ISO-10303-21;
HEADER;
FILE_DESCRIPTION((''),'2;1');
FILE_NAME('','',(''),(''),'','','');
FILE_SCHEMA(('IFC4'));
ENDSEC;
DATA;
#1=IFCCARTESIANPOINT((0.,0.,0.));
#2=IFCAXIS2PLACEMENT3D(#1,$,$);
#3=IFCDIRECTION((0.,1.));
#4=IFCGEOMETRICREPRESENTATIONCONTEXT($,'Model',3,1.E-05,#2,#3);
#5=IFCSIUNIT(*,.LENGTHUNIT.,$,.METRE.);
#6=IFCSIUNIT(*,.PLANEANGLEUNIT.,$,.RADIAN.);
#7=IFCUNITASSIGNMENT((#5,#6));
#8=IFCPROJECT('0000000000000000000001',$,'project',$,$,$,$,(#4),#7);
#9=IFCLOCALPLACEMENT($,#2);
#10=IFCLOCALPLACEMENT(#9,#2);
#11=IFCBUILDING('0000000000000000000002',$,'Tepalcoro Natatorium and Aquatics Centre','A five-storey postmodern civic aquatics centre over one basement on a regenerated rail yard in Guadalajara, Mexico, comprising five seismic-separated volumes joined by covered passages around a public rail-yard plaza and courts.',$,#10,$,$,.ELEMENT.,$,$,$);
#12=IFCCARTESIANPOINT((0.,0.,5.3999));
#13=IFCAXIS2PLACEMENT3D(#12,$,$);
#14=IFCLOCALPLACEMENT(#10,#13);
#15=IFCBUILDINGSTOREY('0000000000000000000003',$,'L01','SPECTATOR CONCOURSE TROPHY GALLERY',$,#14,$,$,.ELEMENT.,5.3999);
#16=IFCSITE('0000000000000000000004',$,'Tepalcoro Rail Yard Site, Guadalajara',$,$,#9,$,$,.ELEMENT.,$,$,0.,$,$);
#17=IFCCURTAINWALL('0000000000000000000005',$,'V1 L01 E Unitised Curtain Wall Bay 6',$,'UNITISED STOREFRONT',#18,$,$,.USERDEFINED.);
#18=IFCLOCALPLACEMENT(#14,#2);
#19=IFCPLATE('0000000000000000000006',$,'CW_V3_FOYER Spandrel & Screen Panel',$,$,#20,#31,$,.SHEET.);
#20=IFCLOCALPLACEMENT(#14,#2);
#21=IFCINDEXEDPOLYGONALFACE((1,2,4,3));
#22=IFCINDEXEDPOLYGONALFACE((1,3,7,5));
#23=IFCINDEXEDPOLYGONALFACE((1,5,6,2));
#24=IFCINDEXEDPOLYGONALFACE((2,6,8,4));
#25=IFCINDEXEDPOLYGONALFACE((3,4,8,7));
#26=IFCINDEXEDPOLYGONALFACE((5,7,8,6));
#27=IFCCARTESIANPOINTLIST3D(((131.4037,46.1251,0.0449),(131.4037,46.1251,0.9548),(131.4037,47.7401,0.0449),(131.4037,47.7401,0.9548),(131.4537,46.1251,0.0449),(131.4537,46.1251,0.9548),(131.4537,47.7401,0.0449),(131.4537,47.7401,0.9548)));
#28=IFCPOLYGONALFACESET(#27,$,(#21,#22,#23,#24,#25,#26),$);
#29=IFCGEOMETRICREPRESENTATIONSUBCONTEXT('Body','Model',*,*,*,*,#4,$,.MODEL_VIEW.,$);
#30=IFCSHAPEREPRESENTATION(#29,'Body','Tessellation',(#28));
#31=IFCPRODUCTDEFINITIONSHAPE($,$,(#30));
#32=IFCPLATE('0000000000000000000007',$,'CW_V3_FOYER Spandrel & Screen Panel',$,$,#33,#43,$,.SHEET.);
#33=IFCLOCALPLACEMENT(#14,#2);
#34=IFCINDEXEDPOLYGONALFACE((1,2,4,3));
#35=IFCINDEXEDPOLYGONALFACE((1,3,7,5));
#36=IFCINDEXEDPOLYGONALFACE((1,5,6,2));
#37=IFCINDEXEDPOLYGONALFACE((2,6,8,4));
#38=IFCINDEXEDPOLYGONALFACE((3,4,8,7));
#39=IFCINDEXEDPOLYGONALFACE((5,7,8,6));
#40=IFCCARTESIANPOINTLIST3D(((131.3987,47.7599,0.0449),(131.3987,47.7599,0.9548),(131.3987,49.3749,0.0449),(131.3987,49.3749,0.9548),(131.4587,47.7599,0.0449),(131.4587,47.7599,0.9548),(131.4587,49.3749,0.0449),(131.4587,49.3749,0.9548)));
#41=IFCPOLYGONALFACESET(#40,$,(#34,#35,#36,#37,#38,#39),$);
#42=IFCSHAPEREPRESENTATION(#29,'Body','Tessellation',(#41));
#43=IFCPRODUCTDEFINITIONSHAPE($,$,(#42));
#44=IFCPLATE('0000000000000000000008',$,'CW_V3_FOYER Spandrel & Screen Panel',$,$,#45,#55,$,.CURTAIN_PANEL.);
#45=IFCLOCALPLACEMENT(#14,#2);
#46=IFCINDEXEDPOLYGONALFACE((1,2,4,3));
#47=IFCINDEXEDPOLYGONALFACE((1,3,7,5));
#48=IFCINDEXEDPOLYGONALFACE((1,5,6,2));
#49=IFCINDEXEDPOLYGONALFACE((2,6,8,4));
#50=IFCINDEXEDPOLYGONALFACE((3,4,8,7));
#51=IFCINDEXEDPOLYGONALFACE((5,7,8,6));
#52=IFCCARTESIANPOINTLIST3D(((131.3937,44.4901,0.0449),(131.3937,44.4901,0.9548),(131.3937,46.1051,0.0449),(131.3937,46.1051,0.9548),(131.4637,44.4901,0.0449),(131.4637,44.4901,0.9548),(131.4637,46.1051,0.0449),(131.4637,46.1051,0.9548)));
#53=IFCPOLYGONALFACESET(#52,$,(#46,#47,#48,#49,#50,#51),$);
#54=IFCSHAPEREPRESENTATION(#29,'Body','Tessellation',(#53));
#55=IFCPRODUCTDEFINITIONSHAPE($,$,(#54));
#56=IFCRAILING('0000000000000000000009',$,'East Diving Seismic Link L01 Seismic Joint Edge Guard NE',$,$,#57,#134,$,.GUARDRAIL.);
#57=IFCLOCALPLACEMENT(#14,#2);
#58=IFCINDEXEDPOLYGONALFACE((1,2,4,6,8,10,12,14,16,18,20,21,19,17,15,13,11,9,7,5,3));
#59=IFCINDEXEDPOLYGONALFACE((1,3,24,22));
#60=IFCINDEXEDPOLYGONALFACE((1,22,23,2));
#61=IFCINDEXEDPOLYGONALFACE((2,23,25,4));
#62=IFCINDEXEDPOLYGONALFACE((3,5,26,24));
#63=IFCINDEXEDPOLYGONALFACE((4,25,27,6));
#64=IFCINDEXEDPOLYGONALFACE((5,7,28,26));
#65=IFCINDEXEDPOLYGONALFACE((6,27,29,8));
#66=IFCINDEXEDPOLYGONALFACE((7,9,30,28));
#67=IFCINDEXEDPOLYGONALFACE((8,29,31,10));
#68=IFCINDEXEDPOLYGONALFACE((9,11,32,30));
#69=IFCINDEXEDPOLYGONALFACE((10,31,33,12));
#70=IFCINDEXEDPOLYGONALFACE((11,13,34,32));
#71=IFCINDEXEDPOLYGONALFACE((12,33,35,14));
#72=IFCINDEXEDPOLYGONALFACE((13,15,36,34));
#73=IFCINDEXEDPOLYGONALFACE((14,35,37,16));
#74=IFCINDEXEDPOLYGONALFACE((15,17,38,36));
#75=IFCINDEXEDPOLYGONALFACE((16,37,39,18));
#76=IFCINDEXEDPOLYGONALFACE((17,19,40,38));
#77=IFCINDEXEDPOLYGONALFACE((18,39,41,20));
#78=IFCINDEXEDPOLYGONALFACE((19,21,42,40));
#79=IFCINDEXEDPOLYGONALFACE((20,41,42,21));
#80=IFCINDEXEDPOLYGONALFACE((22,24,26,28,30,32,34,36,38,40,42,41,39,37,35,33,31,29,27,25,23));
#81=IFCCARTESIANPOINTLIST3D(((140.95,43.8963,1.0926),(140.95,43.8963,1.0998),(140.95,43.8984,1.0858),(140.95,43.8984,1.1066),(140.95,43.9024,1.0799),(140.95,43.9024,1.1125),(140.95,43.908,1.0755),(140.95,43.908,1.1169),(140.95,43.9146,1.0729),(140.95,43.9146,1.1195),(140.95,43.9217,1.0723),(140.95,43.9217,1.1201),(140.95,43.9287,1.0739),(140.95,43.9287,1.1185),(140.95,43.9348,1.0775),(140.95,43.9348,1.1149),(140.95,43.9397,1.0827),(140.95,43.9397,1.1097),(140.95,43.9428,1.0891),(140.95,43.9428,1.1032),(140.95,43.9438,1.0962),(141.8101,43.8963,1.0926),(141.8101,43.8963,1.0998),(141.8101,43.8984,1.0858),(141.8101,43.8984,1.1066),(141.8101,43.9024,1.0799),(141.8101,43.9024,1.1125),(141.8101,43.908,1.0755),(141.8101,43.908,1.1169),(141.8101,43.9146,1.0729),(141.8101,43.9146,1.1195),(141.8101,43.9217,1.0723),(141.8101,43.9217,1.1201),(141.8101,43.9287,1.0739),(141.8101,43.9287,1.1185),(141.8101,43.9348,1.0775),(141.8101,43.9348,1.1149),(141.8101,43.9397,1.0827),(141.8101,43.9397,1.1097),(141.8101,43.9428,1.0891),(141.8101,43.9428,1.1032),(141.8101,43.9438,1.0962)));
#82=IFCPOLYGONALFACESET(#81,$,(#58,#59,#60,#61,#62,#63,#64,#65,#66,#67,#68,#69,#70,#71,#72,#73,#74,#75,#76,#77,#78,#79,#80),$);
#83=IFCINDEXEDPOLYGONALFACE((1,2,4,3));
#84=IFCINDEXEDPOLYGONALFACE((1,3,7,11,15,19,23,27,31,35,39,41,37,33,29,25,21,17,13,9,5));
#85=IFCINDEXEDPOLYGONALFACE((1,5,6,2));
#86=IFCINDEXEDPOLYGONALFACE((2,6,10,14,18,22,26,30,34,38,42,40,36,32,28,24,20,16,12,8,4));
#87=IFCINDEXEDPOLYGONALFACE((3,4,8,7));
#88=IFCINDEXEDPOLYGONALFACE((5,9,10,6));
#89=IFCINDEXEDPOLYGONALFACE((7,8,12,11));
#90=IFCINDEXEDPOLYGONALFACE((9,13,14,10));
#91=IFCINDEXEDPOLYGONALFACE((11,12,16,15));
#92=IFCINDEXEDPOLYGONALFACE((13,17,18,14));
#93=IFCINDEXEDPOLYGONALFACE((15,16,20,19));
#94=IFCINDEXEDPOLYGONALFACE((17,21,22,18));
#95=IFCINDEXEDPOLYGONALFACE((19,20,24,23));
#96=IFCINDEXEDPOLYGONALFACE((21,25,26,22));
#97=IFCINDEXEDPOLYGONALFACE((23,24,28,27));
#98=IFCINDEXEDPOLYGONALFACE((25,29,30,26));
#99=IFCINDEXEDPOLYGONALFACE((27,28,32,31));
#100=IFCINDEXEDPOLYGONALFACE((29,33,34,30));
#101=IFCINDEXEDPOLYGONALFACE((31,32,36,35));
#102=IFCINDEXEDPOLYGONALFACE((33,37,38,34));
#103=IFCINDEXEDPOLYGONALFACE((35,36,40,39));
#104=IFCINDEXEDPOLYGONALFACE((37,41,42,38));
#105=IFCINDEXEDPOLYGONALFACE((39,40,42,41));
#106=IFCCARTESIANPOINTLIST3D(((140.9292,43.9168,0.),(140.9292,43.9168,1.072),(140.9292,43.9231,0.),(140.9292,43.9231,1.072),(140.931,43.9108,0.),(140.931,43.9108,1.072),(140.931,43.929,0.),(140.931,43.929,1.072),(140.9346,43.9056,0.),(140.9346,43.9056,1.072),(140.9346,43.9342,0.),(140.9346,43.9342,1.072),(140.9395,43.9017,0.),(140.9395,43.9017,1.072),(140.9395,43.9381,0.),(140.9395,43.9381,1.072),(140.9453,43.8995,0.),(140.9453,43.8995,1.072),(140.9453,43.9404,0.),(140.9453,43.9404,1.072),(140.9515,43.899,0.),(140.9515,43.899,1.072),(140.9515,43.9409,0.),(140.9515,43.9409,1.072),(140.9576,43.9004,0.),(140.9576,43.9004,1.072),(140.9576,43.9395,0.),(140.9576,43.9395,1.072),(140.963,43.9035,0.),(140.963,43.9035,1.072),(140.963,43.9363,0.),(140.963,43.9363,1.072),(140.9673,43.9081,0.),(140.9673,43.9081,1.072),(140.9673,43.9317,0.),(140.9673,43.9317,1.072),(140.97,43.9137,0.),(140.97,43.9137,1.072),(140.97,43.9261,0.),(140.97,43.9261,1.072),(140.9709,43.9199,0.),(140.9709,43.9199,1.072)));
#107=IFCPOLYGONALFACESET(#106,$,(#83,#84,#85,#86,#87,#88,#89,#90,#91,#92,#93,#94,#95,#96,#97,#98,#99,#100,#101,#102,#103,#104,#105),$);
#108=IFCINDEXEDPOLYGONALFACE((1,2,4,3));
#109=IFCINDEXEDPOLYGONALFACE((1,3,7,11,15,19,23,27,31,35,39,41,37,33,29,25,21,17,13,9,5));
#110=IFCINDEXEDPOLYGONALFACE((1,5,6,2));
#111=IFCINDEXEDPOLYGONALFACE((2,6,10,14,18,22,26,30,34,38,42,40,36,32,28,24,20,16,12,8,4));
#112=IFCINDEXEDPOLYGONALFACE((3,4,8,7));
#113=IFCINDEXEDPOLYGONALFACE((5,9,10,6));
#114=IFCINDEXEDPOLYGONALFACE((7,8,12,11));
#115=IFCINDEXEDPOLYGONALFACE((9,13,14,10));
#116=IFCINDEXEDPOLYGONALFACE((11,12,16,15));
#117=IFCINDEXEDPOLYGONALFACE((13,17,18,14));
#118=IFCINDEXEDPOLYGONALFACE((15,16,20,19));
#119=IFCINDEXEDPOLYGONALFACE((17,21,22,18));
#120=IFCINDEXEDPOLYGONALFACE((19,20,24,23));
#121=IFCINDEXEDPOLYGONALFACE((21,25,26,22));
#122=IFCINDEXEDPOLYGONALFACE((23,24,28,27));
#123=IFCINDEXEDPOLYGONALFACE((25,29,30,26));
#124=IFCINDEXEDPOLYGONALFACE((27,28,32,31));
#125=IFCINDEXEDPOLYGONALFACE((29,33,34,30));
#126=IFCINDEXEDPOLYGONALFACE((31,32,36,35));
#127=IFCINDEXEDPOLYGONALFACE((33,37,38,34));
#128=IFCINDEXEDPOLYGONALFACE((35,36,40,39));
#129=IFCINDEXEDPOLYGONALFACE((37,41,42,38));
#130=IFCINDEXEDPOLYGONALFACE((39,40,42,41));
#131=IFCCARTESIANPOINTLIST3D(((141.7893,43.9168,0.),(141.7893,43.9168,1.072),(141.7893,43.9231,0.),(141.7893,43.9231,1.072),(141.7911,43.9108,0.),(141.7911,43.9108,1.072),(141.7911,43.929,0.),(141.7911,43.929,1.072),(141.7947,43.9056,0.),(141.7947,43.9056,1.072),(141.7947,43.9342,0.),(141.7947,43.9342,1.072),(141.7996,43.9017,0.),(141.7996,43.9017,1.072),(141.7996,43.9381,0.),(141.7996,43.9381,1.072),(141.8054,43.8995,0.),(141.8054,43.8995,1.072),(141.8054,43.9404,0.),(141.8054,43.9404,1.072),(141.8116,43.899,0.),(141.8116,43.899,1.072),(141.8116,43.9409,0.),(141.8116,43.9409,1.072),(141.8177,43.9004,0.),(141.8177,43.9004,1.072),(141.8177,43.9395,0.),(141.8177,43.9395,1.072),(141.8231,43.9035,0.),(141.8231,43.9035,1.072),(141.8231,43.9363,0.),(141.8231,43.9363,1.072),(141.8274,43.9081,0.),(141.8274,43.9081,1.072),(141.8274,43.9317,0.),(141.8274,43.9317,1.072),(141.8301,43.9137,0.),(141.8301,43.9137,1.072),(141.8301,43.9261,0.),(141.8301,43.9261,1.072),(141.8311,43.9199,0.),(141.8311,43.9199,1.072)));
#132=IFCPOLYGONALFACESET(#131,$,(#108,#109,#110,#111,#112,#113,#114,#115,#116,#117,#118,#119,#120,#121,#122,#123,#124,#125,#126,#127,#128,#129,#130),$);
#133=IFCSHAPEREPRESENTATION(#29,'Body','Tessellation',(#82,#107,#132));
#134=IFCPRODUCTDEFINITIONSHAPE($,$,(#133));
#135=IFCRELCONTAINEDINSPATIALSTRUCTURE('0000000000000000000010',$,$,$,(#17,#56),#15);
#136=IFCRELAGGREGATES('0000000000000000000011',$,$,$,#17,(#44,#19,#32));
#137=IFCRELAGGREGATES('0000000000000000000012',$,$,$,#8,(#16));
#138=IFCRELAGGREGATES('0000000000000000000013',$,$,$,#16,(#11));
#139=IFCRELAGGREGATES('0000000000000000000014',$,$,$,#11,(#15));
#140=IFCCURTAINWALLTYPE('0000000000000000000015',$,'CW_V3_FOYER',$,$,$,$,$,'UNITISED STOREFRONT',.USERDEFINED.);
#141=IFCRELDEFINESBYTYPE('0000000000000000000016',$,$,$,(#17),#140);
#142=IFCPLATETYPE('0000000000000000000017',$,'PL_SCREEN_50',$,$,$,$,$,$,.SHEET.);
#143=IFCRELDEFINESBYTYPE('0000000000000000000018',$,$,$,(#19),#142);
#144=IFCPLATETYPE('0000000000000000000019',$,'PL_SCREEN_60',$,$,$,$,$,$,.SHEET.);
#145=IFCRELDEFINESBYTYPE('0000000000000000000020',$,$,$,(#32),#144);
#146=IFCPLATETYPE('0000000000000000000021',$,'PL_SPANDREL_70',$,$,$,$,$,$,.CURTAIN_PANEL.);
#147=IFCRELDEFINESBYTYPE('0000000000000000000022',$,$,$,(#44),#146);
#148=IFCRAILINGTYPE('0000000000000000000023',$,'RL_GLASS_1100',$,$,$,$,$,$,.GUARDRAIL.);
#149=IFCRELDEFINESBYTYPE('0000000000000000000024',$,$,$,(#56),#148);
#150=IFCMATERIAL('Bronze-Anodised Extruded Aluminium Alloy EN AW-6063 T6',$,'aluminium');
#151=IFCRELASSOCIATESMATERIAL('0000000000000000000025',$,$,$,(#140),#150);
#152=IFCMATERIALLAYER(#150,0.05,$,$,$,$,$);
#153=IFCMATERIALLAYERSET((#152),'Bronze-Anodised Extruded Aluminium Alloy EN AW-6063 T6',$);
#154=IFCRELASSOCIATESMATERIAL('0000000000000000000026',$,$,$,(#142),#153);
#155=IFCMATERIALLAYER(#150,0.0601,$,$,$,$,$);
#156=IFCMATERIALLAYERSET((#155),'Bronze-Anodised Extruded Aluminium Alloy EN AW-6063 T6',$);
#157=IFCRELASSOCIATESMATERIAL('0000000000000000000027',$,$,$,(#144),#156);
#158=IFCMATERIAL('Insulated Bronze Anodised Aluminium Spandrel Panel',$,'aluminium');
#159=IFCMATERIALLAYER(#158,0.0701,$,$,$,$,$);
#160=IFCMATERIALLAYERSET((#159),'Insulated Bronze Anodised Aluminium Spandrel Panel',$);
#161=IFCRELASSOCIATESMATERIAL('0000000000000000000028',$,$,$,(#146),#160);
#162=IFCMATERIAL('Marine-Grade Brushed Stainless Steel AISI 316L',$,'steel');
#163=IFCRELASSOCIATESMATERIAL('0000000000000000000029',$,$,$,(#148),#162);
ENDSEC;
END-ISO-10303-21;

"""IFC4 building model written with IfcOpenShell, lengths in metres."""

from ifc_helpers import new_model, si_unit, direction, frame, origin, origin_2d, place, context, subcontext, project, spatial, rectangle, circle, extrude, material, layer, layer_set, type_object, element, aggregate, save


model = new_model("IFC4")

# Units and contexts
model_context = context("Model", 3, precision=1e-05, world=origin(), true_north=direction((0.0, 1.0)))
body_context = subcontext(model_context, "Body", "Model", "MODEL_VIEW")
ifc_project = project(units=[si_unit("LENGTHUNIT", "METRE"), si_unit("PLANEANGLEUNIT", "RADIAN")], contexts=[model_context])

# Site, building, storey
site_placement = place(None, origin())
site = spatial("IfcSite", under=ifc_project, at=site_placement, Name="Tepalcoro Rail Yard Site, Guadalajara", CompositionType="ELEMENT", RefElevation=0.0)
building_placement = place(site_placement, origin())
building = spatial("IfcBuilding", under=site, at=building_placement, Name="Tepalcoro Natatorium and Aquatics Centre", Description="A five-storey postmodern civic aquatics centre over one basement on a regenerated rail yard in Guadalajara, Mexico, comprising five seismic-separated volumes joined by covered passages around a public rail-yard plaza and courts.", CompositionType="ELEMENT")
storey_placement = place(building_placement, frame((0.0, 0.0, 5.3999)))
storey = spatial("IfcBuildingStorey", under=building, at=storey_placement, Name="L01", Description="SPECTATOR CONCOURSE TROPHY GALLERY", CompositionType="ELEMENT", Elevation=5.3999)

# Curtain wall
ifc_material_1 = material(Name="Bronze-Anodised Extruded Aluminium Alloy EN AW-6063 T6", Category="aluminium")
curtain_wall_type_1 = type_object("IfcCurtainWallType", Name="CW_V3_FOYER", ElementType="UNITISED STOREFRONT", PredefinedType="USERDEFINED", material=ifc_material_1)
curtain_wall_1_placement = place(storey_placement, origin())
curtain_wall_1 = element("IfcCurtainWall", 1, at=curtain_wall_1_placement, inside=storey, type_object=curtain_wall_type_1, Name="V1 L01 E Unitised Curtain Wall Bay 6", ObjectType="UNITISED STOREFRONT", PredefinedType="USERDEFINED")

# Plates
ifc_layer_1 = layer(ifc_material_1, 0.05)
ifc_layer_set_1 = layer_set([ifc_layer_1], Name="Bronze-Anodised Extruded Aluminium Alloy EN AW-6063 T6")
plate_type_1 = type_object("IfcPlateType", Name="PL_SCREEN_50", PredefinedType="SHEET", material=ifc_layer_set_1)
plate_1_placement = place(storey_placement, frame((131.4287, 46.9326, 0.0449), z_axis=(0.0, 0.0, 1.0), x_axis=(1.0, 0.0, 0.0)))
plate_1 = element("IfcPlate", 2, at=plate_1_placement, type_object=plate_type_1, Name="CW_V3_FOYER Spandrel & Screen Panel", PredefinedType="SHEET", context=body_context, shape_type="SweptSolid", body=[
    extrude(rectangle(XDim=0.05, YDim=1.615, at=origin_2d()), origin(), (0.0, 0.0, 1.0), 0.9099),
])
ifc_layer_2 = layer(ifc_material_1, 0.0601)
ifc_layer_set_2 = layer_set([ifc_layer_2], Name="Bronze-Anodised Extruded Aluminium Alloy EN AW-6063 T6")
plate_type_2 = type_object("IfcPlateType", Name="PL_SCREEN_60", PredefinedType="SHEET", material=ifc_layer_set_2)
plate_2_placement = place(storey_placement, frame((131.4287, 48.5674, 0.0449), z_axis=(0.0, 0.0, 1.0), x_axis=(1.0, 0.0, 0.0)))
plate_2 = element("IfcPlate", 3, at=plate_2_placement, type_object=plate_type_2, Name="CW_V3_FOYER Spandrel & Screen Panel", PredefinedType="SHEET", context=body_context, shape_type="SweptSolid", body=[
    extrude(rectangle(XDim=0.0601, YDim=1.615, at=origin_2d()), origin(), (0.0, 0.0, 1.0), 0.9099),
])
ifc_material_2 = material(Name="Insulated Bronze Anodised Aluminium Spandrel Panel", Category="aluminium")
ifc_layer_3 = layer(ifc_material_2, 0.0701)
ifc_layer_set_3 = layer_set([ifc_layer_3], Name="Insulated Bronze Anodised Aluminium Spandrel Panel")
plate_type_3 = type_object("IfcPlateType", Name="PL_SPANDREL_70", PredefinedType="CURTAIN_PANEL", material=ifc_layer_set_3)
plate_3_placement = place(storey_placement, frame((131.4287, 45.2976, 0.0449), z_axis=(0.0, 0.0, 1.0), x_axis=(1.0, 0.0, 0.0)))
plate_3 = element("IfcPlate", 4, at=plate_3_placement, type_object=plate_type_3, Name="CW_V3_FOYER Spandrel & Screen Panel", PredefinedType="CURTAIN_PANEL", context=body_context, shape_type="SweptSolid", body=[
    extrude(rectangle(XDim=0.0701, YDim=1.615, at=origin_2d()), origin(), (0.0, 0.0, 1.0), 0.9099),
])
aggregate(curtain_wall_1, [plate_3, plate_1, plate_2])

# Railing
ifc_material_3 = material(Name="Marine-Grade Brushed Stainless Steel AISI 316L", Category="steel")
railing_type = type_object("IfcRailingType", Name="RL_GLASS_1100", PredefinedType="GUARDRAIL", material=ifc_material_3)
railing_placement = place(storey_placement, frame((140.95, 43.9199, 0.0)))
element("IfcRailing", 5, at=railing_placement, inside=storey, type_object=railing_type, Name="East Diving Seismic Link L01 Seismic Joint Edge Guard NE", PredefinedType="GUARDRAIL", context=body_context, shape_type="SweptSolid", body=[
    extrude(circle(Radius=0.0239, at=origin_2d()), frame((0.0, 0.0, 1.0962), z_axis=(1.0, 0.0, 0.0), x_axis=(0.0, 1.0, 0.0)), (0.0, 0.0, 1.0), 0.8601),
    extrude(circle(Radius=0.021, at=origin_2d()), origin(), (0.0, 0.0, 1.0), 1.072),
    extrude(circle(Radius=0.021, at=origin_2d()), frame((0.8601, 0.0, 0.0)), (0.0, 0.0, 1.0), 1.072),
])

save(model, "model.ifc")
